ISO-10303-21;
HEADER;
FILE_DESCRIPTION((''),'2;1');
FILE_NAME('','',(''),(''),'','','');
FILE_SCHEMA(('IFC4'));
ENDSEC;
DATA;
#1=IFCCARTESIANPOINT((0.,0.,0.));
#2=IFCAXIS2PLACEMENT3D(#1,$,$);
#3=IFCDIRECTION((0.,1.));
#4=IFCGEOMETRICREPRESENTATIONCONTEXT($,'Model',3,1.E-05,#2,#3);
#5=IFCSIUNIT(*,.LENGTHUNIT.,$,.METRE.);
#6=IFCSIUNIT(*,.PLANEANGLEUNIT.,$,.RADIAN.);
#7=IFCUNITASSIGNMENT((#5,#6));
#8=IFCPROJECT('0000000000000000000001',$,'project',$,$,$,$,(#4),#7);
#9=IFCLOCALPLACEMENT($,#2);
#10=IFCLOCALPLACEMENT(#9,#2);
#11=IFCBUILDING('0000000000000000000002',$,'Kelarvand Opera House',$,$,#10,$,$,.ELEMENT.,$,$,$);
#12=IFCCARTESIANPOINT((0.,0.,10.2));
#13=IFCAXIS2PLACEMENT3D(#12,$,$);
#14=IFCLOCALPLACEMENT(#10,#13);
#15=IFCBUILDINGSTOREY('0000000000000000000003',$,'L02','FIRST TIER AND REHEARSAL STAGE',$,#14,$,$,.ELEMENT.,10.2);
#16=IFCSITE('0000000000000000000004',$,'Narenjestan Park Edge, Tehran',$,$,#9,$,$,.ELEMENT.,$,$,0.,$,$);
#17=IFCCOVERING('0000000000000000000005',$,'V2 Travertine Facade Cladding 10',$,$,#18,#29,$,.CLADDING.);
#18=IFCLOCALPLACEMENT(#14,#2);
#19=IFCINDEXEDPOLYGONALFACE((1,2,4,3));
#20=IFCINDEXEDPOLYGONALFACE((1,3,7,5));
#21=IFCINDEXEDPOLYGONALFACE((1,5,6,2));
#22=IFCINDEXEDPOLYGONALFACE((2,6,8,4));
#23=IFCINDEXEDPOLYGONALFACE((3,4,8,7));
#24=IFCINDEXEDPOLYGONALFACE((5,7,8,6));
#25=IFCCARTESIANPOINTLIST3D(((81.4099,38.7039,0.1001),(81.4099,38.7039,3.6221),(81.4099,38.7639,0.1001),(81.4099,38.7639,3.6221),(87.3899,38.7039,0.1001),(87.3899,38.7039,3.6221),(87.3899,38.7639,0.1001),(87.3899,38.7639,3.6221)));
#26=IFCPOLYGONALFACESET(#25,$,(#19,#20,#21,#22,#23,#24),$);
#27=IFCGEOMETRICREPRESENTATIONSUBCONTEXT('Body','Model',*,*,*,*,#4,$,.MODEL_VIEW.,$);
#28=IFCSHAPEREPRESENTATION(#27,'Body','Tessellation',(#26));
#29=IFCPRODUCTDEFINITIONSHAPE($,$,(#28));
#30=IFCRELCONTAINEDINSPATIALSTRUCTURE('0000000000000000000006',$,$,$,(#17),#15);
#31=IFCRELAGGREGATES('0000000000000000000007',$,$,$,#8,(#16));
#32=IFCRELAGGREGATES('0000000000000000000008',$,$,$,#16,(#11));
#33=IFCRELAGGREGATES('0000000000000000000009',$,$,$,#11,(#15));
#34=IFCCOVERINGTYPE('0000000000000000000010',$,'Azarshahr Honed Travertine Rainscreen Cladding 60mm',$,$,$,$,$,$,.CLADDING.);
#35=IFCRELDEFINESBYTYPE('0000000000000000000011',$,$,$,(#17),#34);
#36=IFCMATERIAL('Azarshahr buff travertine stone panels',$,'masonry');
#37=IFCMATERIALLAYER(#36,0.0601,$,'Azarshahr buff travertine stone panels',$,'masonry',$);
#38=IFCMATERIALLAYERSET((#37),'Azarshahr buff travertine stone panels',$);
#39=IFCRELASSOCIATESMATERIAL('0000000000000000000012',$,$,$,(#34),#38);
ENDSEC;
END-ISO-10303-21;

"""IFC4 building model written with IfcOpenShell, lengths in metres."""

from ifc_helpers import new_model, si_unit, direction, frame, origin, origin_2d, place, context, subcontext, project, spatial, rectangle, extrude, material, layer, layer_set, type_object, element, save


model = new_model("IFC4")

# Units and contexts
model_context = context("Model", 3, precision=1e-05, world=origin(), true_north=direction((0.0, 1.0)))
body_context = subcontext(model_context, "Body", "Model", "MODEL_VIEW")
ifc_project = project(units=[si_unit("LENGTHUNIT", "METRE"), si_unit("PLANEANGLEUNIT", "RADIAN")], contexts=[model_context])

# Site, building, storey
site_placement = place(None, origin())
site = spatial("IfcSite", under=ifc_project, at=site_placement, Name="Narenjestan Park Edge, Tehran", CompositionType="ELEMENT", RefElevation=0.0)
building_placement = place(site_placement, origin())
building = spatial("IfcBuilding", under=site, at=building_placement, Name="Kelarvand Opera House", CompositionType="ELEMENT")
storey_placement = place(building_placement, frame((0.0, 0.0, 10.2)))
storey = spatial("IfcBuildingStorey", under=building, at=storey_placement, Name="L02", Description="FIRST TIER AND REHEARSAL STAGE", CompositionType="ELEMENT", Elevation=10.2)

# Covering
ifc_material_1 = material(Name="Azarshahr buff travertine stone panels", Category="masonry")
ifc_layer_1 = layer(ifc_material_1, 0.0601, Name="Azarshahr buff travertine stone panels", Category="masonry")
ifc_layer_set_1 = layer_set([ifc_layer_1], Name="Azarshahr buff travertine stone panels")
covering_type = type_object("IfcCoveringType", Name="Azarshahr Honed Travertine Rainscreen Cladding 60mm", PredefinedType="CLADDING", material=ifc_layer_set_1)
covering_placement = place(storey_placement, frame((84.3999, 38.7339, 0.1001), z_axis=(0.0, 0.0, 1.0), x_axis=(-1.0, 0.0, 0.0)))
element("IfcCovering", 1, at=covering_placement, inside=storey, type_object=covering_type, Name="V2 Travertine Facade Cladding 10", PredefinedType="CLADDING", context=body_context, shape_type="SweptSolid", body=[
    extrude(rectangle(XDim=5.98, YDim=0.0601, at=origin_2d()), origin(), (0.0, 0.0, 1.0), 3.522),
])

save(model, "model.ifc")
